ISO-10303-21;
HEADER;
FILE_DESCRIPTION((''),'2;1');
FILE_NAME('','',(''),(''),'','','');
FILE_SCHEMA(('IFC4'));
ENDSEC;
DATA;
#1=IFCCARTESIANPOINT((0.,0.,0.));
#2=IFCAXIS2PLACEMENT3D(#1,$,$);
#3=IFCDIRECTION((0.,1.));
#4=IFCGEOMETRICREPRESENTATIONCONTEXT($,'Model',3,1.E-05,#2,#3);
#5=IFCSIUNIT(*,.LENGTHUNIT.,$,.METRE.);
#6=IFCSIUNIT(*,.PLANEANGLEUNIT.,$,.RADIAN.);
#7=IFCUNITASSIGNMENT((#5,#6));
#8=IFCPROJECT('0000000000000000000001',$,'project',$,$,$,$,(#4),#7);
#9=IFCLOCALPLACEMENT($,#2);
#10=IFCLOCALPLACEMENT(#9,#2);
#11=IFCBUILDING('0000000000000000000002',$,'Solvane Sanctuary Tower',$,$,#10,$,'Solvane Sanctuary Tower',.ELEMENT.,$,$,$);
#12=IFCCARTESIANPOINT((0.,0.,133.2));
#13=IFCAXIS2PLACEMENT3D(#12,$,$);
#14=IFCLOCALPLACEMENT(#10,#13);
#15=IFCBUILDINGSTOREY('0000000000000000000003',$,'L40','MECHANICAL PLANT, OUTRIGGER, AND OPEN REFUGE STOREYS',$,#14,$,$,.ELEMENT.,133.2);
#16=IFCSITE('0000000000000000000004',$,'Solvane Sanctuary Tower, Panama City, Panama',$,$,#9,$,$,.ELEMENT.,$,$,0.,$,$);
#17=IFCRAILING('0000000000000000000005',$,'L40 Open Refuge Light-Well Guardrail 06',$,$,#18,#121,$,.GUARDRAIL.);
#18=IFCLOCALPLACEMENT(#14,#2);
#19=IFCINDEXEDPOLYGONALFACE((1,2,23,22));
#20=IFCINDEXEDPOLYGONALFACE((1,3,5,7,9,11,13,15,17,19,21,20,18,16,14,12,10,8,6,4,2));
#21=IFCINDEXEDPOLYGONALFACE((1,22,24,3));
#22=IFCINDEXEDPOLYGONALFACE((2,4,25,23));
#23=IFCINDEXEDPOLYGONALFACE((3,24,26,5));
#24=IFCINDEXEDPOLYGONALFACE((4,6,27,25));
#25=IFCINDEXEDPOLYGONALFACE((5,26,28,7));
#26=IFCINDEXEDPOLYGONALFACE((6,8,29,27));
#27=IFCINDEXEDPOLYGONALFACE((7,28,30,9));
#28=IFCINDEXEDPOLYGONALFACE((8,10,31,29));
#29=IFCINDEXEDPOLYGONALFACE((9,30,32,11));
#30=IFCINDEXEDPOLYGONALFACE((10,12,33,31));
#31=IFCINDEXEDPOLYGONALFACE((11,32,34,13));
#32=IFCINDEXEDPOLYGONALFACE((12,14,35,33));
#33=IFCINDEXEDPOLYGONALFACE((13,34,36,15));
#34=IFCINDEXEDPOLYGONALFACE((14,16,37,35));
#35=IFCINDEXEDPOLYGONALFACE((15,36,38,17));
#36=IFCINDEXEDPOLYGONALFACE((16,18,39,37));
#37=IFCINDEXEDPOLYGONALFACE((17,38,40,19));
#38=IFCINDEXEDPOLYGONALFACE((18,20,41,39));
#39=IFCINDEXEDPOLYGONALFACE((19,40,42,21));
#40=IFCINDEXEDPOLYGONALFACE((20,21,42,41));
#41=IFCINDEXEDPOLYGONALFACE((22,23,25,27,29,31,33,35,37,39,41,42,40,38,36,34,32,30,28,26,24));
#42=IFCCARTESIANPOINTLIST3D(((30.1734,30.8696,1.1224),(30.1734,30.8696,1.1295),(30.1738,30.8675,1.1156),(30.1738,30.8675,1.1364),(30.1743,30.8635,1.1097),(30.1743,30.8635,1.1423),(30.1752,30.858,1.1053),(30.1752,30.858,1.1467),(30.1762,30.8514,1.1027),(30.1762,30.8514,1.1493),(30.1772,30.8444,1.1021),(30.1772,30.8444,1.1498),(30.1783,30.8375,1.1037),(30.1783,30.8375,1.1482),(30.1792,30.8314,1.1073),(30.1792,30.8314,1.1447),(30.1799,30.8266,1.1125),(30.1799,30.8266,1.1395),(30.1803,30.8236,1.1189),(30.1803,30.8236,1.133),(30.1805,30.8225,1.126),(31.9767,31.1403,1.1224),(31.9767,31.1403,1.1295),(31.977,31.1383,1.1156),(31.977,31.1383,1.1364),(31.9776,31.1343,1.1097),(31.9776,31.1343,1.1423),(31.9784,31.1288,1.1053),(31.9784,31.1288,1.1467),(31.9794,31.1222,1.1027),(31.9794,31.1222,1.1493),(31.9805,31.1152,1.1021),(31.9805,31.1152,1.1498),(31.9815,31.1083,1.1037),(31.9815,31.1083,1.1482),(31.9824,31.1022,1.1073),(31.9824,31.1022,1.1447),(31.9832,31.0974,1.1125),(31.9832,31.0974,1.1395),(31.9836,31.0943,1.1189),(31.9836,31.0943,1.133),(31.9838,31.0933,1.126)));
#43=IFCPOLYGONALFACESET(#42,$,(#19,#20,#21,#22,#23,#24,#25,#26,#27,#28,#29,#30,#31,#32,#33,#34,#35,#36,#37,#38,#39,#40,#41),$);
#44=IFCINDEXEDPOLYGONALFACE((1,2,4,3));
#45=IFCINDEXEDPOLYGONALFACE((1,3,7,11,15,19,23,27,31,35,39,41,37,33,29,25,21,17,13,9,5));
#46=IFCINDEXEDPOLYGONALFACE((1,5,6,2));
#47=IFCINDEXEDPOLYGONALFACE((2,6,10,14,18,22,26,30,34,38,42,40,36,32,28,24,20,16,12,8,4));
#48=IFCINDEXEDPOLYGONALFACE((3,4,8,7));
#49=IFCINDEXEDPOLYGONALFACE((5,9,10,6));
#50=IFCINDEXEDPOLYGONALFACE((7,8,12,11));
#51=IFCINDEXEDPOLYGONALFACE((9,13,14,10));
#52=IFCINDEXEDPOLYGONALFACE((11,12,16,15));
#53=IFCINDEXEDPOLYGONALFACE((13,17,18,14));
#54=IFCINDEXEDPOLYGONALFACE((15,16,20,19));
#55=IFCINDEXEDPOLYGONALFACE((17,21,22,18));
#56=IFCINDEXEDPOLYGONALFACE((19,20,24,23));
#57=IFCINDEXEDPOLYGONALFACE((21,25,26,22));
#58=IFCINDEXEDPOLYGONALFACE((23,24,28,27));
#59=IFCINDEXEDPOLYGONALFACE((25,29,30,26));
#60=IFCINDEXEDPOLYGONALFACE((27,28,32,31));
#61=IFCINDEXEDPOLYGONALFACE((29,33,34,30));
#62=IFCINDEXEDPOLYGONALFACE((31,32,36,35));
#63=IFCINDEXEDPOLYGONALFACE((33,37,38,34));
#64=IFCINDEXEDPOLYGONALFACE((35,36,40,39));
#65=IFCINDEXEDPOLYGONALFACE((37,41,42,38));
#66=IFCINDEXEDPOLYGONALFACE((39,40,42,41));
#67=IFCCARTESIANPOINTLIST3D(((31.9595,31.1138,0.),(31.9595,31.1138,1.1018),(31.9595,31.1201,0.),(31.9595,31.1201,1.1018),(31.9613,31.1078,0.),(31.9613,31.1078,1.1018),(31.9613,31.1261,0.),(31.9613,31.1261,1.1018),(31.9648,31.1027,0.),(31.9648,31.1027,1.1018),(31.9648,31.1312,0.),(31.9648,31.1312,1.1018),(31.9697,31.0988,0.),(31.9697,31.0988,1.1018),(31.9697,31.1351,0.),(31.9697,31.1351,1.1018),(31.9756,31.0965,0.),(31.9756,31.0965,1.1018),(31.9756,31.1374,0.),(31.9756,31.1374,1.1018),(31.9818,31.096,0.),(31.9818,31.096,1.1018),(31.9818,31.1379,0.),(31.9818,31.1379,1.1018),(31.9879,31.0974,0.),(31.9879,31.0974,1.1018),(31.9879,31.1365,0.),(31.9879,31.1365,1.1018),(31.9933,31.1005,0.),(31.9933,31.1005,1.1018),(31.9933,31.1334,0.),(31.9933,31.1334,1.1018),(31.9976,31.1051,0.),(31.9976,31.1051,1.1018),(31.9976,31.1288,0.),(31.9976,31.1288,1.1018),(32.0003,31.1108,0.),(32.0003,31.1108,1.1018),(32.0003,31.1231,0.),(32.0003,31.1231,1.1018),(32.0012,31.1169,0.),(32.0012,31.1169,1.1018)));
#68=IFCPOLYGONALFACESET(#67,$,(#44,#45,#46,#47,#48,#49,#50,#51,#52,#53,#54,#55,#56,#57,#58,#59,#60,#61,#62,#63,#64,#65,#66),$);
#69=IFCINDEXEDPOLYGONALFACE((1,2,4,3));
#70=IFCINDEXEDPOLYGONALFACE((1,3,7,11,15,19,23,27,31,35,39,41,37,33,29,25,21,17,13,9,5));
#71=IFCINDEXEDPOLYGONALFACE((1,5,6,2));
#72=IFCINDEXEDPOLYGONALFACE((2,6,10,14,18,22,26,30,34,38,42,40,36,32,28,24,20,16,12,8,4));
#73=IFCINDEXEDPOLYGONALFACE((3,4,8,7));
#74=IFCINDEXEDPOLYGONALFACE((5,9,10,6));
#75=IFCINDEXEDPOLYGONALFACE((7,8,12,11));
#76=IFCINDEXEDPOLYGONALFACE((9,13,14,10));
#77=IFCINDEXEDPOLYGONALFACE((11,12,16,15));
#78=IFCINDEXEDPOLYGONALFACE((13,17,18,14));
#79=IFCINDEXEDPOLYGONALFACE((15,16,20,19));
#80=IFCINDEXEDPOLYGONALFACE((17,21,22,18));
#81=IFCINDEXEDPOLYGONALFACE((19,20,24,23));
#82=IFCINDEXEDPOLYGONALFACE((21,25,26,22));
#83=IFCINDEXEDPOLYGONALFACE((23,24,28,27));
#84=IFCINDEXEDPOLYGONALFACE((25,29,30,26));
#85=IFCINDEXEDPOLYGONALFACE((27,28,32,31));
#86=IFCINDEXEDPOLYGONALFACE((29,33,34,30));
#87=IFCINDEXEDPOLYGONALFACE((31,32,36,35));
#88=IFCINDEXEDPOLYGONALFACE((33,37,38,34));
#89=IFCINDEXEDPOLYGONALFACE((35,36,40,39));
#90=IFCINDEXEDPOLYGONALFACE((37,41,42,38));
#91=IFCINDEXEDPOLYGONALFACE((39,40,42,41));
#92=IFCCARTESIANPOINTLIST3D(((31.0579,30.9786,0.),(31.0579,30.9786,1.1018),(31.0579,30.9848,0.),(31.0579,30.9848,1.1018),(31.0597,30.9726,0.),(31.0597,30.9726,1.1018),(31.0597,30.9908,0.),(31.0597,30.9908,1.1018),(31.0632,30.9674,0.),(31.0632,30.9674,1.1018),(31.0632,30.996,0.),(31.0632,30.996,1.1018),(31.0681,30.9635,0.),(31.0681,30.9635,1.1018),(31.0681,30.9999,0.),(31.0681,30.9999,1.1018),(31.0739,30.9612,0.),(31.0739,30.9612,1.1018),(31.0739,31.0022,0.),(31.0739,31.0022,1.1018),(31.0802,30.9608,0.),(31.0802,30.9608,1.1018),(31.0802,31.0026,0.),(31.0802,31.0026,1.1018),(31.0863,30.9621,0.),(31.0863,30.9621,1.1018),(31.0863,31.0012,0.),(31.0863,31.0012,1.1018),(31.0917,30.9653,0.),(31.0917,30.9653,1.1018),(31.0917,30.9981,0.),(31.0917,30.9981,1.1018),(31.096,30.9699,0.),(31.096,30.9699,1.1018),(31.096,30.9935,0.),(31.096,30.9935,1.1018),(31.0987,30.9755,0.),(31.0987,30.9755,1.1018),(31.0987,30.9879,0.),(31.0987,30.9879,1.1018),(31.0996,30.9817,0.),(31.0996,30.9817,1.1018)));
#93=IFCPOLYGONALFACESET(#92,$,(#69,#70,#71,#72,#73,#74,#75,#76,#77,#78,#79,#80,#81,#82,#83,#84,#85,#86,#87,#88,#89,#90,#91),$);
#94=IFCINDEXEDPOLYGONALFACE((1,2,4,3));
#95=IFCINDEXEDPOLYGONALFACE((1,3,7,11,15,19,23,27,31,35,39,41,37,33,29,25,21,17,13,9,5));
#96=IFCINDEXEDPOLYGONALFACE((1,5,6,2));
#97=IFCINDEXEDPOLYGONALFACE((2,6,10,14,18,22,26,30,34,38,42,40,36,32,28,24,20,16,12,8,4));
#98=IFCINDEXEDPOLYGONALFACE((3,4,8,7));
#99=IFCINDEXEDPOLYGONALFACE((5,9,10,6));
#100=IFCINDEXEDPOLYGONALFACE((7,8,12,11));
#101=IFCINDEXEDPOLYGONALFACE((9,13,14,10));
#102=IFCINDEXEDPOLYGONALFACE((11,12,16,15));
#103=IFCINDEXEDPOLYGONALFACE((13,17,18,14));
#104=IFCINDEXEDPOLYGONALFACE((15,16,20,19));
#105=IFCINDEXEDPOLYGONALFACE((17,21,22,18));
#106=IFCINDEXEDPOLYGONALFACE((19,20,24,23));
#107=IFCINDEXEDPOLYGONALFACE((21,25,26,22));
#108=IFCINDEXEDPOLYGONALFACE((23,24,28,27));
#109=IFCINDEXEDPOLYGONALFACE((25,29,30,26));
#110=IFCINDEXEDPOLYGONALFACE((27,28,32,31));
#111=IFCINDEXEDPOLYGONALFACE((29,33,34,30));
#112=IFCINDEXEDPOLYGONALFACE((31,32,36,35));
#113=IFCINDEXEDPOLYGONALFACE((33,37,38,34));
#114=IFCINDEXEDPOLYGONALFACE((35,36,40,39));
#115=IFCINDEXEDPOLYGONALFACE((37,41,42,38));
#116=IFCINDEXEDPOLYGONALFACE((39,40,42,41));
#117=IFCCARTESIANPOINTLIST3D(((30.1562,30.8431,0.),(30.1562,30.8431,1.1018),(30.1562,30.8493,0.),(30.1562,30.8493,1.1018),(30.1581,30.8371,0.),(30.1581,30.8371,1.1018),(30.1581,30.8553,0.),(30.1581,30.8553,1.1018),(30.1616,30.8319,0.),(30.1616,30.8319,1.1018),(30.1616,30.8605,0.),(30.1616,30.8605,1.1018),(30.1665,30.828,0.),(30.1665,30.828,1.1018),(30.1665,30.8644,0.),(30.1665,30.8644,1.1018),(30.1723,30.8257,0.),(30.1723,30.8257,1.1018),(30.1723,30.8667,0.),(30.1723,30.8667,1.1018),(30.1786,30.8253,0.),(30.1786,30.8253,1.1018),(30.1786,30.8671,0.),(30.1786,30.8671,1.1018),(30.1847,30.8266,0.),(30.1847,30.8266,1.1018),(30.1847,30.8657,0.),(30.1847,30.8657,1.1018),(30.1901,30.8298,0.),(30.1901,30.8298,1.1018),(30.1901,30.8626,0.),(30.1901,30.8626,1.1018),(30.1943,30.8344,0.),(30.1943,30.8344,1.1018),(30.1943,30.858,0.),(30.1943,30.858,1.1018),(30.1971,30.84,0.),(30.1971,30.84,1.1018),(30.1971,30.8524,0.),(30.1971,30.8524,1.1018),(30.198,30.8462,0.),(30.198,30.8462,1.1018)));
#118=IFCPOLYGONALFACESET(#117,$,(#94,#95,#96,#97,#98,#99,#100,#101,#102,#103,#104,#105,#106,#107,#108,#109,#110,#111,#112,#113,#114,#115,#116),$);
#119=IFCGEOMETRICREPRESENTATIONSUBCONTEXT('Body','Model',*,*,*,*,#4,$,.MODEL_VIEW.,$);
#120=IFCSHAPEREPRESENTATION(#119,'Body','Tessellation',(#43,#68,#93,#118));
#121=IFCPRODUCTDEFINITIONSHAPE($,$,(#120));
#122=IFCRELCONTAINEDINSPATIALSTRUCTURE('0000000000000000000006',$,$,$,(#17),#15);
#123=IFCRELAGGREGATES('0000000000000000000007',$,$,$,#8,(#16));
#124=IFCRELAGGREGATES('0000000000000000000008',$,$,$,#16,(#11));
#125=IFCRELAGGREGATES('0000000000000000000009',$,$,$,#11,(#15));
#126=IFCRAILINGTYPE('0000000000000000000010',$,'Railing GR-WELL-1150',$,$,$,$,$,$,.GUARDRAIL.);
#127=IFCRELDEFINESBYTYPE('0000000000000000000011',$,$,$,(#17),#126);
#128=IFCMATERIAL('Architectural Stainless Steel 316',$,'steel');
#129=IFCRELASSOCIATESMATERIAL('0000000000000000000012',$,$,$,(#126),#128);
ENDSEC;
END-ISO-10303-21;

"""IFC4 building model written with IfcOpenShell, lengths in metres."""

from ifc_helpers import new_model, si_unit, direction, frame, origin, origin_2d, place, context, subcontext, project, spatial, circle, extrude, material, type_object, element, save


model = new_model("IFC4")

# Units and contexts
model_context = context("Model", 3, precision=1e-05, world=origin(), true_north=direction((0.0, 1.0)))
body_context = subcontext(model_context, "Body", "Model", "MODEL_VIEW")
ifc_project = project(units=[si_unit("LENGTHUNIT", "METRE"), si_unit("PLANEANGLEUNIT", "RADIAN")], contexts=[model_context])

# Site, building, storey
site_placement = place(None, origin())
site = spatial("IfcSite", under=ifc_project, at=site_placement, Name="Solvane Sanctuary Tower, Panama City, Panama", CompositionType="ELEMENT", RefElevation=0.0)
building_placement = place(site_placement, origin())
building = spatial("IfcBuilding", under=site, at=building_placement, Name="Solvane Sanctuary Tower", LongName="Solvane Sanctuary Tower", CompositionType="ELEMENT")
storey_placement = place(building_placement, frame((0.0, 0.0, 133.2)))
storey = spatial("IfcBuildingStorey", under=building, at=storey_placement, Name="L40", Description="MECHANICAL PLANT, OUTRIGGER, AND OPEN REFUGE STOREYS", CompositionType="ELEMENT", Elevation=133.2)

# Shared definitions
ifc_material_1 = material(Name="Architectural Stainless Steel 316", Category="steel")

# Railing
railing_type_1 = type_object("IfcRailingType", Name="Railing GR-WELL-1150", PredefinedType="GUARDRAIL", material=ifc_material_1)
railing_1_placement = place(storey_placement, frame((31.9802, 31.1169, 0.0)))
element("IfcRailing", 1, at=railing_1_placement, inside=storey, type_object=railing_type_1, Name="L40 Open Refuge Light-Well Guardrail 06", PredefinedType="GUARDRAIL", context=body_context, shape_type="SweptSolid", body=[
    extrude(circle(Radius=0.0239, at=origin_2d()), frame((0.0, 0.0, 1.126), z_axis=(-0.988915, -0.148484, 0.0), x_axis=(0.148484, -0.988915, 0.0)), (0.0, 0.0, 1.0), 1.8235),
    extrude(circle(Radius=0.021, at=origin_2d()), origin(), (0.0, 0.0, 1.0), 1.1018),
    extrude(circle(Radius=0.021, at=origin_2d()), frame((-0.9016, -0.1353, 0.0)), (0.0, 0.0, 1.0), 1.1018),
    extrude(circle(Radius=0.021, at=origin_2d()), frame((-1.8032, -0.2708, 0.0)), (0.0, 0.0, 1.0), 1.1018),
])

save(model, "model.ifc")
